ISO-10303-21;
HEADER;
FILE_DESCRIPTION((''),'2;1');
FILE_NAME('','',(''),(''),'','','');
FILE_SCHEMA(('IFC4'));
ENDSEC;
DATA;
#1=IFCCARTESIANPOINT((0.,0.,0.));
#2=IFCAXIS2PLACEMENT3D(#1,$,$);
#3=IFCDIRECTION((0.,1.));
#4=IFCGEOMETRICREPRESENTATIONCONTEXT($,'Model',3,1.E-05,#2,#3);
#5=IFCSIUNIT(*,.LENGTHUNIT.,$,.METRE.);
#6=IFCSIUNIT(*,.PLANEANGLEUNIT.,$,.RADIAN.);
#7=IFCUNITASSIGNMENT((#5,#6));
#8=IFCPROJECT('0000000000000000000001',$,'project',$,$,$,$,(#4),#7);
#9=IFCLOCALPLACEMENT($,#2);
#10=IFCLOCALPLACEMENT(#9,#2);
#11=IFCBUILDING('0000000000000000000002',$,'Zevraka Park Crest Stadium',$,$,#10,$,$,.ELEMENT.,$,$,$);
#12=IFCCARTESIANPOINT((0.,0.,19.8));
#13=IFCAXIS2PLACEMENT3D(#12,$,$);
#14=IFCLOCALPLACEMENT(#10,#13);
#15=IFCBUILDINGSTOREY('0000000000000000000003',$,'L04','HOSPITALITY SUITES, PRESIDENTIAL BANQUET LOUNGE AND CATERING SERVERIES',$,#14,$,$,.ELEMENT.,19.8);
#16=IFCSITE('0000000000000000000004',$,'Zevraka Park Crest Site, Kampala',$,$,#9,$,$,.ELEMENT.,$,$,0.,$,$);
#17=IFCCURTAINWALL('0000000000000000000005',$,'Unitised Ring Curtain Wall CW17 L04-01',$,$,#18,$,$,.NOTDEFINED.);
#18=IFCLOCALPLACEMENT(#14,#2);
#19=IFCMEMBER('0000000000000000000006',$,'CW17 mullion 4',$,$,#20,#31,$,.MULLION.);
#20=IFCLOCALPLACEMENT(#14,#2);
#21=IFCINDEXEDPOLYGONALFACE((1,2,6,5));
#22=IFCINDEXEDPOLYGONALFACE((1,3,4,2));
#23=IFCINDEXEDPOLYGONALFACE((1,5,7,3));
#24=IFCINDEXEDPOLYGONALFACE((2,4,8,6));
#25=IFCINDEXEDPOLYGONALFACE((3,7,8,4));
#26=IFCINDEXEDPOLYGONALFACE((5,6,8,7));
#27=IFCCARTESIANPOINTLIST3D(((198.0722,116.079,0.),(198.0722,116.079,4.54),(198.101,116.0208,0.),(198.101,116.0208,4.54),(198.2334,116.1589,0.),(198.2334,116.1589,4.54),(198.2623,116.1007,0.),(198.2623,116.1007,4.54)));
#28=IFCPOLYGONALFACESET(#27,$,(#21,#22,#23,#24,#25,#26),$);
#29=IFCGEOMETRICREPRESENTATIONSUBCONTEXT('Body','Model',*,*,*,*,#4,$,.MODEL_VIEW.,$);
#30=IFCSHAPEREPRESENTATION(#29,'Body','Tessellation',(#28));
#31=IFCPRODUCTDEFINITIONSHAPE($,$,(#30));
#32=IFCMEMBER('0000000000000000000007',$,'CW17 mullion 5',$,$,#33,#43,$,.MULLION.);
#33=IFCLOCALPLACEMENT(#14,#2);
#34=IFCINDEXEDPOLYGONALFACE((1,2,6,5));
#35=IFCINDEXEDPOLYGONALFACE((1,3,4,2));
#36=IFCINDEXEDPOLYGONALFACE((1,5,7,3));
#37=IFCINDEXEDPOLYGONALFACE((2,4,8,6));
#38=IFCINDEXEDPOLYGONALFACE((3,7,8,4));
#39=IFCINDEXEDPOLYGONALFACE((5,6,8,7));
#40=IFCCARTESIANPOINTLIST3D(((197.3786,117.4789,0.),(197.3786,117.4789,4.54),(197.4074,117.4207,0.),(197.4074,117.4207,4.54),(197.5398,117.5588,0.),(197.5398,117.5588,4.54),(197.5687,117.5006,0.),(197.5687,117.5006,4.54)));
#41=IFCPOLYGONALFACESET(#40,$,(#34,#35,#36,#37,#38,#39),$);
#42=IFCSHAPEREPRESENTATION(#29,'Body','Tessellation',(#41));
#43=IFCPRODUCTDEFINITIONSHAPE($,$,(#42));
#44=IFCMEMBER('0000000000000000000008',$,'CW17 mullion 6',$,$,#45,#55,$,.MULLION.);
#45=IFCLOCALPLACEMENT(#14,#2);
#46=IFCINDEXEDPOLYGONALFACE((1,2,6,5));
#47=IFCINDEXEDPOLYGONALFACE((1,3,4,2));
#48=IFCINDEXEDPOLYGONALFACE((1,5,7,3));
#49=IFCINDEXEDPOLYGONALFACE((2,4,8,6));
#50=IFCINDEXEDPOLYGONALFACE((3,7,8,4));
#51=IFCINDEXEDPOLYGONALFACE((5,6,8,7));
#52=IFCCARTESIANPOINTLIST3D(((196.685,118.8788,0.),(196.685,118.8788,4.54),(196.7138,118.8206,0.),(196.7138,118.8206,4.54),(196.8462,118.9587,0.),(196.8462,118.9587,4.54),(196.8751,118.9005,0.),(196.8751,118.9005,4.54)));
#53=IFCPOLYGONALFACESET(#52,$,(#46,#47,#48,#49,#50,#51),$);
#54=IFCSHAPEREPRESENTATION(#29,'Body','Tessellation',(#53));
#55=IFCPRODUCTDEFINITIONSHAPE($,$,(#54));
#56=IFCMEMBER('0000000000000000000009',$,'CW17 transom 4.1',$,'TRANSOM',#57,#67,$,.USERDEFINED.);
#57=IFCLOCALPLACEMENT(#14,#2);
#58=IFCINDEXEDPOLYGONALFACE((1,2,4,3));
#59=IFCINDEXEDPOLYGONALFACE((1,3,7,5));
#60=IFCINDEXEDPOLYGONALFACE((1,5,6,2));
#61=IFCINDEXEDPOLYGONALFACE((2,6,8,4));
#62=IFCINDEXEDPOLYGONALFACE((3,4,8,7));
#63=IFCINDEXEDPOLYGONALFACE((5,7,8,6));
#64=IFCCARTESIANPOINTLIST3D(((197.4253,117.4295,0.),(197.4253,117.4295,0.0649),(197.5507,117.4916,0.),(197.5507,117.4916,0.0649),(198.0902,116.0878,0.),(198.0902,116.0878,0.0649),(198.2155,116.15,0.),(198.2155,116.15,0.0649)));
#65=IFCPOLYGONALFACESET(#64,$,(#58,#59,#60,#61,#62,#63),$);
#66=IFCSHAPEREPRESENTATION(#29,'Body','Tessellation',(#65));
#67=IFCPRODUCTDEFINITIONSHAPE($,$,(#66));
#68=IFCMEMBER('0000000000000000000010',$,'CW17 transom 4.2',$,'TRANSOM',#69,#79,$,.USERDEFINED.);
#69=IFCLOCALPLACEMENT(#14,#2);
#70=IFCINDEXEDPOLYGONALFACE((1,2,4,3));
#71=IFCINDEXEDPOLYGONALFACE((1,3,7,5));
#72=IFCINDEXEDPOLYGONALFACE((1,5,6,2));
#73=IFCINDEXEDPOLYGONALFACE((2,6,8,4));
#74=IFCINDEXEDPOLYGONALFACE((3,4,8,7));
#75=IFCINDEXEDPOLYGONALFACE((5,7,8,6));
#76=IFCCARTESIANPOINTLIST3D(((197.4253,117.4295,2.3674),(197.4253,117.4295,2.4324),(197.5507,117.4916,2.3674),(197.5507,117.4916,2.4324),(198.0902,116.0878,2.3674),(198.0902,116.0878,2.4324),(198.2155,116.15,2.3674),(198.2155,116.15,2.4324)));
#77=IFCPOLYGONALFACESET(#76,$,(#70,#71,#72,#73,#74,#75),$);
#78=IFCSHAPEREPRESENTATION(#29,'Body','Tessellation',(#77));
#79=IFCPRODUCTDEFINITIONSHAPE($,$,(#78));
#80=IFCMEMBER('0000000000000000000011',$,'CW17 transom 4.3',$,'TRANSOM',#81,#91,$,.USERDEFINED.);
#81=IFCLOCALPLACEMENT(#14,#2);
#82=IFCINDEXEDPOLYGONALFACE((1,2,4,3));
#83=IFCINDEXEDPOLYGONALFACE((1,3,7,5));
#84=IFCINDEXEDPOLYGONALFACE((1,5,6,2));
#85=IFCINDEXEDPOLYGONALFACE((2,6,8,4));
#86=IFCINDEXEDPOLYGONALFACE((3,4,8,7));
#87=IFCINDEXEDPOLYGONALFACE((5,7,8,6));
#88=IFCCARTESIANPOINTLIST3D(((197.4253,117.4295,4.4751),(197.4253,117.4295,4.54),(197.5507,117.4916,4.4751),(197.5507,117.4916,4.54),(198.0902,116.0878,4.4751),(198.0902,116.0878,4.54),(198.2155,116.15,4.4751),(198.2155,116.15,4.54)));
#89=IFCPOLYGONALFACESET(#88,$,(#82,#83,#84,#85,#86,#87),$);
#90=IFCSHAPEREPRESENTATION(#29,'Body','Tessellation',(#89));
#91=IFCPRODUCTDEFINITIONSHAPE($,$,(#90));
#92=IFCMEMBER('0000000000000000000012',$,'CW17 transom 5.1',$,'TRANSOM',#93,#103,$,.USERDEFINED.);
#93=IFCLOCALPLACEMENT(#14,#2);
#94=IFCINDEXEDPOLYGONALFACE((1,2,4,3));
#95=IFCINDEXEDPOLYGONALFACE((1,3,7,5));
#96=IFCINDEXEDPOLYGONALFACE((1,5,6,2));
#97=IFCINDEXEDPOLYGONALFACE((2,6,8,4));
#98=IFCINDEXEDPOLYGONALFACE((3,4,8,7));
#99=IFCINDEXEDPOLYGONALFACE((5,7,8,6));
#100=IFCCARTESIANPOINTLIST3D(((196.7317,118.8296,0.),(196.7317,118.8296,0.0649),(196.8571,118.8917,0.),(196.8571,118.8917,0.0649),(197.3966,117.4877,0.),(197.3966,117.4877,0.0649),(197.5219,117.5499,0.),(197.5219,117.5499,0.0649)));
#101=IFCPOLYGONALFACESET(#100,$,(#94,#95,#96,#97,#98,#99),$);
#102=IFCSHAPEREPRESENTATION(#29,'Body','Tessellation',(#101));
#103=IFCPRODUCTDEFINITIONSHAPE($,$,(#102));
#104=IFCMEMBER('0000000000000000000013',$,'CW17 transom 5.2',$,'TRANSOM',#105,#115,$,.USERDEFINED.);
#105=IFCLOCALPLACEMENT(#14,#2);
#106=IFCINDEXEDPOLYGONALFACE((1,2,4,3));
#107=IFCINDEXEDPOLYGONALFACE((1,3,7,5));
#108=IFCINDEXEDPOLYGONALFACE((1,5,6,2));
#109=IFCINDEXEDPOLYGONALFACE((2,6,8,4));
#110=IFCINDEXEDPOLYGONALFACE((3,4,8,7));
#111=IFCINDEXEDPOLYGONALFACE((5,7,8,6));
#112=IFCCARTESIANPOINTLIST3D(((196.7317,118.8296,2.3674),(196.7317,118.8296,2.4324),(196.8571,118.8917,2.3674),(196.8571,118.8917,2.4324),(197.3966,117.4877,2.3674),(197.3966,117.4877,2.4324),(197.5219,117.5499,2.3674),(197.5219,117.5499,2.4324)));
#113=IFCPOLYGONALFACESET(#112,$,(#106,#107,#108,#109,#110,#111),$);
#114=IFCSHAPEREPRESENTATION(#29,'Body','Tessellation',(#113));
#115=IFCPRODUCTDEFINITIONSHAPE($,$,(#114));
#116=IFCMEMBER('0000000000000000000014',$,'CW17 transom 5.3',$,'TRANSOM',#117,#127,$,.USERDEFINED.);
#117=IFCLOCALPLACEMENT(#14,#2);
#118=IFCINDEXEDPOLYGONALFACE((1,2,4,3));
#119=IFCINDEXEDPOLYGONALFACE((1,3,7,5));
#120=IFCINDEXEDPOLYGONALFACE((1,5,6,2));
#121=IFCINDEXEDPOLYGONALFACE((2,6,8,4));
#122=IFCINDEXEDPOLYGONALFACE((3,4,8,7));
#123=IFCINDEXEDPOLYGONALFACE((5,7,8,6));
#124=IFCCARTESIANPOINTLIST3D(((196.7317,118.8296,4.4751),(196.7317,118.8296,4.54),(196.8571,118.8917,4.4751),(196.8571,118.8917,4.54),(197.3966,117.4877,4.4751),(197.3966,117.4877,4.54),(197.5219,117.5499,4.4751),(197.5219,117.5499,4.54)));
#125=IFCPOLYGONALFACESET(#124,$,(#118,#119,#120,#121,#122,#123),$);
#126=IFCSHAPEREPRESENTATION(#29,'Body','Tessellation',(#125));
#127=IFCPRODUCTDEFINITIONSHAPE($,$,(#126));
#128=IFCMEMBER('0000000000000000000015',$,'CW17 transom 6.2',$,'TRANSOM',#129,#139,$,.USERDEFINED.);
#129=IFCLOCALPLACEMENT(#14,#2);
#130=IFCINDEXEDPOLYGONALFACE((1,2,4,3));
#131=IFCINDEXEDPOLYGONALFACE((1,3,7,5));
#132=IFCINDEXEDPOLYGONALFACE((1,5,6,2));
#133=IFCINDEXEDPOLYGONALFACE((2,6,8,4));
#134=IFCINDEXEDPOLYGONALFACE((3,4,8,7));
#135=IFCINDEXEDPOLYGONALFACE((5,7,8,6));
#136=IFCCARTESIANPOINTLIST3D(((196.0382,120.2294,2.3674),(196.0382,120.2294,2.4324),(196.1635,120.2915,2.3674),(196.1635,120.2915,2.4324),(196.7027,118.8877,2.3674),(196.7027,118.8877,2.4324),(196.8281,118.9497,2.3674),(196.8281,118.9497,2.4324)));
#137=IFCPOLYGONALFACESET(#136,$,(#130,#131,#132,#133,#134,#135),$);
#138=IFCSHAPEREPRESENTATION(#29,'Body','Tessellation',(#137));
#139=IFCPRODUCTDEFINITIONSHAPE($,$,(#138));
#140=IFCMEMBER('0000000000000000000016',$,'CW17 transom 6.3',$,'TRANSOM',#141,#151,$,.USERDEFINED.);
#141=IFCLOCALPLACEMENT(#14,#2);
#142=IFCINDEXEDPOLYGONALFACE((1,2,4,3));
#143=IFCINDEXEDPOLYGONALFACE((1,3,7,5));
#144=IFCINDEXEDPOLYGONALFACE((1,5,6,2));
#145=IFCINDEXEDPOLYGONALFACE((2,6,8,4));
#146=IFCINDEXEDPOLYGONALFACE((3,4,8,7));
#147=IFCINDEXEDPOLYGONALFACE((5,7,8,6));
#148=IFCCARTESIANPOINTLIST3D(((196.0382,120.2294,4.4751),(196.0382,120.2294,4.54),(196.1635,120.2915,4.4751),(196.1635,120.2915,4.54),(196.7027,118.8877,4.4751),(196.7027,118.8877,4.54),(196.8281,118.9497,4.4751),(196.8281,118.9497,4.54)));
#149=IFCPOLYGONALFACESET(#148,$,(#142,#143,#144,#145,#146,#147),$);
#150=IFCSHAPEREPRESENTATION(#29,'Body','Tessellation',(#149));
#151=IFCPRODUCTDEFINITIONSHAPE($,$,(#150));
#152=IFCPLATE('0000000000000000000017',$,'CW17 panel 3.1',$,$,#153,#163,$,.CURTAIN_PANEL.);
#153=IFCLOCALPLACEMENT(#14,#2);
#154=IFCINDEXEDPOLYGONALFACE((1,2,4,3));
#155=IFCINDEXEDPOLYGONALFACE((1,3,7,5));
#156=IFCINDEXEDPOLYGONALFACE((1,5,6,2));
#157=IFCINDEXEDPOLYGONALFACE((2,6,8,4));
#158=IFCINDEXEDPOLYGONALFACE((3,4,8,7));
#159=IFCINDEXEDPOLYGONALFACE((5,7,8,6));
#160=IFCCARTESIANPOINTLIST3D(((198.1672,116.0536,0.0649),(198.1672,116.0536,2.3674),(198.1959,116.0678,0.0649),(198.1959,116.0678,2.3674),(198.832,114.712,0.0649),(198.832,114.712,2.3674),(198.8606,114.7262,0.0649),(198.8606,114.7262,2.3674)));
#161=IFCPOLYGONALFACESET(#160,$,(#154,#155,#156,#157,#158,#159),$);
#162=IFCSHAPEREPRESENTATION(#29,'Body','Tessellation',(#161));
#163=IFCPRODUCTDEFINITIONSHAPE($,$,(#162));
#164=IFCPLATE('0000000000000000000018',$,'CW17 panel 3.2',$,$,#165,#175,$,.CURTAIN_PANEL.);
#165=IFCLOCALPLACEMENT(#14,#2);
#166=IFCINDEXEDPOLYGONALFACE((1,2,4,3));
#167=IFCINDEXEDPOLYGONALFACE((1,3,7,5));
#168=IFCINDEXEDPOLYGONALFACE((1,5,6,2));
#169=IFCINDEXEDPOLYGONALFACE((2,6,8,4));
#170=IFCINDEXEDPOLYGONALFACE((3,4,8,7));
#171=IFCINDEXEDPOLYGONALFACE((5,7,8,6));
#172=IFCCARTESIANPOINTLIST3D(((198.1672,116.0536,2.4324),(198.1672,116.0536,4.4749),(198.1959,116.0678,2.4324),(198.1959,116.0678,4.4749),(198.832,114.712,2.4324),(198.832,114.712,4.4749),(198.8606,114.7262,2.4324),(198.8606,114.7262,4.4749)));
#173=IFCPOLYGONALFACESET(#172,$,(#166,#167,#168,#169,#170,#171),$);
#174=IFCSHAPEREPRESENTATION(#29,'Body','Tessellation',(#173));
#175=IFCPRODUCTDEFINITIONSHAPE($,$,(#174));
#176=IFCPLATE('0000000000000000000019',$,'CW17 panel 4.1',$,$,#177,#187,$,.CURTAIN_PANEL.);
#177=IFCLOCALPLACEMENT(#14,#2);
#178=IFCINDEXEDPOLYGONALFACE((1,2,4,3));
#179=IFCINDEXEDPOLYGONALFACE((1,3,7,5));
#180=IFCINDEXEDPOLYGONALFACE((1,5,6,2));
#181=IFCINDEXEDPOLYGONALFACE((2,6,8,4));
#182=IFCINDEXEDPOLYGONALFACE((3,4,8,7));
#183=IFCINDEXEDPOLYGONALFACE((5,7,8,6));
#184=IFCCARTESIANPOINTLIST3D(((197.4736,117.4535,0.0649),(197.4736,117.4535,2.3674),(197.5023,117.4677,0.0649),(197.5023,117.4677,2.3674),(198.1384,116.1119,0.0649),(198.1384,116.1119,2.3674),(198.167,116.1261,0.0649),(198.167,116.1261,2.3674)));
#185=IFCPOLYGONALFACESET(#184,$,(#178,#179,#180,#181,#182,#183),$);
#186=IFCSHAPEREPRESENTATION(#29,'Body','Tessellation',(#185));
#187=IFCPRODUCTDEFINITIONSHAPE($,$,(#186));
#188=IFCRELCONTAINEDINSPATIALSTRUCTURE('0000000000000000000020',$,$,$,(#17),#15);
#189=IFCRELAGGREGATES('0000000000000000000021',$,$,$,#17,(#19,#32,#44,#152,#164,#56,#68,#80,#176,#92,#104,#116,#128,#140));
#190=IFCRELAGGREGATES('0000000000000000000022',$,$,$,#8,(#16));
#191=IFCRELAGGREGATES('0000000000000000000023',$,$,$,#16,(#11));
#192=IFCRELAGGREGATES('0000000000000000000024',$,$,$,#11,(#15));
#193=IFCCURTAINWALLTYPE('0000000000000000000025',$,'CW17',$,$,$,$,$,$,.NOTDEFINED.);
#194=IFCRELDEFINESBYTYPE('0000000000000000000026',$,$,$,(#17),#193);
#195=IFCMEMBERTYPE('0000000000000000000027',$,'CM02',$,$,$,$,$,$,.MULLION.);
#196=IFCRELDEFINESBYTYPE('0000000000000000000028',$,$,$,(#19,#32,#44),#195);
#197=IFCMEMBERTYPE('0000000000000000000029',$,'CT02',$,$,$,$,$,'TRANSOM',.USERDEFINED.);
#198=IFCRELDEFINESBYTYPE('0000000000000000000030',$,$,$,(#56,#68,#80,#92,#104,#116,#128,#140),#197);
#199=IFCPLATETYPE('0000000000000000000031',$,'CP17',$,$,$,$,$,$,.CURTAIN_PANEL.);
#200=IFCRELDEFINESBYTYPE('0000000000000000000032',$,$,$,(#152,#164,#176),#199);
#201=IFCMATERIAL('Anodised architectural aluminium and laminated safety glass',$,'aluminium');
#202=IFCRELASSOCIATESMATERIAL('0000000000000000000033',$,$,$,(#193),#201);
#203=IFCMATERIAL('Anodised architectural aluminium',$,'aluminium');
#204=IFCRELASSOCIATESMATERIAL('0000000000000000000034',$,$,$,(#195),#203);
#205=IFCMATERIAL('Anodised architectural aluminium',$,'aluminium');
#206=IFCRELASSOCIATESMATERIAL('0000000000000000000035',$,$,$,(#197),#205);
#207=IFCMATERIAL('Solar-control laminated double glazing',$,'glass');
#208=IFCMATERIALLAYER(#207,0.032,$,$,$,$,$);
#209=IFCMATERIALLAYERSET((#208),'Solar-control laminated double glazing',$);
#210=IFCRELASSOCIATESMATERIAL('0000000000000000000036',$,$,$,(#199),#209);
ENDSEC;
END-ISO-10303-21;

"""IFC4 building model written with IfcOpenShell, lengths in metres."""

from ifc_helpers import new_model, si_unit, direction, frame, origin, origin_2d, place, context, subcontext, project, spatial, rectangle, extrude, material, layer, layer_set, material_profile, profile_set, type_object, element, aggregate, save


model = new_model("IFC4")

# Units and contexts
model_context = context("Model", 3, precision=1e-05, world=origin(), true_north=direction((0.0, 1.0)))
body_context = subcontext(model_context, "Body", "Model", "MODEL_VIEW")
ifc_project = project(units=[si_unit("LENGTHUNIT", "METRE"), si_unit("PLANEANGLEUNIT", "RADIAN")], contexts=[model_context])

# Site, building, storey
site_placement = place(None, origin())
site = spatial("IfcSite", under=ifc_project, at=site_placement, Name="Zevraka Park Crest Site, Kampala", CompositionType="ELEMENT", RefElevation=0.0)
building_placement = place(site_placement, origin())
building = spatial("IfcBuilding", under=site, at=building_placement, Name="Zevraka Park Crest Stadium", CompositionType="ELEMENT")
storey_placement = place(building_placement, frame((0.0, 0.0, 19.8)))
storey = spatial("IfcBuildingStorey", under=building, at=storey_placement, Name="L04", Description="HOSPITALITY SUITES, PRESIDENTIAL BANQUET LOUNGE AND CATERING SERVERIES", CompositionType="ELEMENT", Elevation=19.8)

# Curtain wall, members, plates
ifc_material_1 = material(Name="Anodised architectural aluminium and laminated safety glass", Category="aluminium")
curtain_wall_type = type_object("IfcCurtainWallType", Name="CW17", PredefinedType="NOTDEFINED", material=ifc_material_1)
curtain_wall_placement = place(storey_placement, origin())
curtain_wall = element("IfcCurtainWall", 1, at=curtain_wall_placement, inside=storey, type_object=curtain_wall_type, Name="Unitised Ring Curtain Wall CW17 L04-01", PredefinedType="NOTDEFINED")
ifc_material_2 = material(Name="Anodised architectural aluminium", Category="aluminium")
ifc_material_profile_1 = material_profile(ifc_material_2, rectangle(XDim=0.1799, YDim=0.0649, at=origin_2d()), Name="ALU MULLION 180x65")
ifc_profile_set_1 = profile_set([ifc_material_profile_1], Name="Anodised architectural aluminium")
member_type_1 = type_object("IfcMemberType", Name="CM02", PredefinedType="MULLION", material=ifc_profile_set_1)
member_1_placement = place(storey_placement, frame((198.1672, 116.0898, 0.0), z_axis=(0.0, 0.0, 1.0), x_axis=(-0.896046, -0.443961, 0.0)))
member_1 = element("IfcMember", 2, at=member_1_placement, type_object=member_type_1, Name="CW17 mullion 4", PredefinedType="MULLION", context=body_context, shape_type="SweptSolid", body=[
    extrude(rectangle(XDim=0.1799, YDim=0.0649, at=origin_2d()), origin(), (0.0, 0.0, 1.0), 4.54),
])
member_2_placement = place(storey_placement, frame((197.4736, 117.4897, 0.0), z_axis=(0.0, 0.0, 1.0), x_axis=(-0.896046, -0.443961, 0.0)))
member_2 = element("IfcMember", 3, at=member_2_placement, type_object=member_type_1, Name="CW17 mullion 5", PredefinedType="MULLION", context=body_context, shape_type="SweptSolid", body=[
    extrude(rectangle(XDim=0.1799, YDim=0.0649, at=origin_2d()), origin(), (0.0, 0.0, 1.0), 4.54),
])
member_3_placement = place(storey_placement, frame((196.78, 118.8896, 0.0), z_axis=(0.0, 0.0, 1.0), x_axis=(-0.896046, -0.443961, 0.0)))
member_3 = element("IfcMember", 4, at=member_3_placement, type_object=member_type_1, Name="CW17 mullion 6", PredefinedType="MULLION", context=body_context, shape_type="SweptSolid", body=[
    extrude(rectangle(XDim=0.1799, YDim=0.0649, at=origin_2d()), origin(), (0.0, 0.0, 1.0), 4.54),
])
ifc_material_3 = material(Name="Anodised architectural aluminium", Category="aluminium")
ifc_material_profile_2 = material_profile(ifc_material_3, rectangle(XDim=0.1399, YDim=0.0649, at=origin_2d()), Name="ALU TRANSOM 140x65")
ifc_profile_set_2 = profile_set([ifc_material_profile_2], Name="Anodised architectural aluminium")
member_type_2 = type_object("IfcMemberType", Name="CT02", ElementType="TRANSOM", PredefinedType="USERDEFINED", material=ifc_profile_set_2)
member_4_placement = place(storey_placement, frame((198.1528, 116.1189, 0.0325), z_axis=(-0.444015, 0.896019, 0.0), x_axis=(-0.896019, -0.444015, 0.0)))
member_4 = element("IfcMember", 5, at=member_4_placement, type_object=member_type_2, Name="CW17 transom 4.1", ObjectType="TRANSOM", PredefinedType="USERDEFINED", context=body_context, shape_type="SweptSolid", body=[
    extrude(rectangle(XDim=0.1399, YDim=0.0649, at=origin_2d()), origin(), (0.0, 0.0, 1.0), 1.4973),
])
member_5_placement = place(storey_placement, frame((198.1528, 116.1189, 2.3999), z_axis=(-0.444015, 0.896019, 0.0), x_axis=(-0.896019, -0.444015, 0.0)))
member_5 = element("IfcMember", 6, at=member_5_placement, type_object=member_type_2, Name="CW17 transom 4.2", ObjectType="TRANSOM", PredefinedType="USERDEFINED", context=body_context, shape_type="SweptSolid", body=[
    extrude(rectangle(XDim=0.1399, YDim=0.0649, at=origin_2d()), origin(), (0.0, 0.0, 1.0), 1.4973),
])
member_6_placement = place(storey_placement, frame((198.1528, 116.1189, 4.5076), z_axis=(-0.444015, 0.896019, 0.0), x_axis=(-0.896019, -0.444015, 0.0)))
member_6 = element("IfcMember", 7, at=member_6_placement, type_object=member_type_2, Name="CW17 transom 4.3", ObjectType="TRANSOM", PredefinedType="USERDEFINED", context=body_context, shape_type="SweptSolid", body=[
    extrude(rectangle(XDim=0.1399, YDim=0.0649, at=origin_2d()), origin(), (0.0, 0.0, 1.0), 1.4973),
])
member_7_placement = place(storey_placement, frame((197.4592, 117.5188, 0.0325), z_axis=(-0.44395, 0.896052, 0.0), x_axis=(-0.896052, -0.44395, 0.0)))
member_7 = element("IfcMember", 8, at=member_7_placement, type_object=member_type_2, Name="CW17 transom 5.1", ObjectType="TRANSOM", PredefinedType="USERDEFINED", context=body_context, shape_type="SweptSolid", body=[
    extrude(rectangle(XDim=0.1399, YDim=0.0649, at=origin_2d()), origin(), (0.0, 0.0, 1.0), 1.4976),
])
member_8_placement = place(storey_placement, frame((197.4592, 117.5188, 2.3999), z_axis=(-0.44395, 0.896052, 0.0), x_axis=(-0.896052, -0.44395, 0.0)))
member_8 = element("IfcMember", 9, at=member_8_placement, type_object=member_type_2, Name="CW17 transom 5.2", ObjectType="TRANSOM", PredefinedType="USERDEFINED", context=body_context, shape_type="SweptSolid", body=[
    extrude(rectangle(XDim=0.1399, YDim=0.0649, at=origin_2d()), origin(), (0.0, 0.0, 1.0), 1.4976),
])
member_9_placement = place(storey_placement, frame((197.4592, 117.5188, 4.5076), z_axis=(-0.44395, 0.896052, 0.0), x_axis=(-0.896052, -0.44395, 0.0)))
member_9 = element("IfcMember", 10, at=member_9_placement, type_object=member_type_2, Name="CW17 transom 5.3", ObjectType="TRANSOM", PredefinedType="USERDEFINED", context=body_context, shape_type="SweptSolid", body=[
    extrude(rectangle(XDim=0.1399, YDim=0.0649, at=origin_2d()), origin(), (0.0, 0.0, 1.0), 1.4976),
])
member_10_placement = place(storey_placement, frame((196.7654, 118.9187, 2.3999), z_axis=(-0.443819, 0.896116, 0.0), x_axis=(-0.896116, -0.443819, 0.0)))
member_10 = element("IfcMember", 11, at=member_10_placement, type_object=member_type_2, Name="CW17 transom 6.2", ObjectType="TRANSOM", PredefinedType="USERDEFINED", context=body_context, shape_type="SweptSolid", body=[
    extrude(rectangle(XDim=0.1399, YDim=0.0649, at=origin_2d()), origin(), (0.0, 0.0, 1.0), 1.4973),
])
member_11_placement = place(storey_placement, frame((196.7654, 118.9187, 4.5076), z_axis=(-0.443819, 0.896116, 0.0), x_axis=(-0.896116, -0.443819, 0.0)))
member_11 = element("IfcMember", 12, at=member_11_placement, type_object=member_type_2, Name="CW17 transom 6.3", ObjectType="TRANSOM", PredefinedType="USERDEFINED", context=body_context, shape_type="SweptSolid", body=[
    extrude(rectangle(XDim=0.1399, YDim=0.0649, at=origin_2d()), origin(), (0.0, 0.0, 1.0), 1.4973),
])
ifc_material_4 = material(Name="Solar-control laminated double glazing", Category="glass")
ifc_layer_1 = layer(ifc_material_4, 0.032)
ifc_layer_set_1 = layer_set([ifc_layer_1], Name="Solar-control laminated double glazing")
plate_type = type_object("IfcPlateType", Name="CP17", PredefinedType="CURTAIN_PANEL", material=ifc_layer_set_1)
plate_1_placement = place(storey_placement, frame((198.5139, 115.3899, 0.0649), z_axis=(0.0, 0.0, 1.0), x_axis=(-0.443961, 0.896046, 0.0)))
plate_1 = element("IfcPlate", 13, at=plate_1_placement, type_object=plate_type, Name="CW17 panel 3.1", PredefinedType="CURTAIN_PANEL", context=body_context, shape_type="SweptSolid", body=[
    extrude(rectangle(XDim=1.4973, YDim=0.032, at=origin_2d()), origin(), (0.0, 0.0, 1.0), 2.3025),
])
plate_2_placement = place(storey_placement, frame((198.5139, 115.3899, 2.4324), z_axis=(0.0, 0.0, 1.0), x_axis=(-0.443961, 0.896046, 0.0)))
plate_2 = element("IfcPlate", 14, at=plate_2_placement, type_object=plate_type, Name="CW17 panel 3.2", PredefinedType="CURTAIN_PANEL", context=body_context, shape_type="SweptSolid", body=[
    extrude(rectangle(XDim=1.4973, YDim=0.032, at=origin_2d()), origin(), (0.0, 0.0, 1.0), 2.0425),
])
plate_3_placement = place(storey_placement, frame((197.8203, 116.7898, 0.0649), z_axis=(0.0, 0.0, 1.0), x_axis=(-0.443961, 0.896046, 0.0)))
plate_3 = element("IfcPlate", 15, at=plate_3_placement, type_object=plate_type, Name="CW17 panel 4.1", PredefinedType="CURTAIN_PANEL", context=body_context, shape_type="SweptSolid", body=[
    extrude(rectangle(XDim=1.4973, YDim=0.032, at=origin_2d()), origin(), (0.0, 0.0, 1.0), 2.3025),
])
aggregate(curtain_wall, [member_1, member_2, member_3, plate_1, plate_2, member_4, member_5, member_6, plate_3, member_7, member_8, member_9, member_10, member_11])

save(model, "model.ifc")
